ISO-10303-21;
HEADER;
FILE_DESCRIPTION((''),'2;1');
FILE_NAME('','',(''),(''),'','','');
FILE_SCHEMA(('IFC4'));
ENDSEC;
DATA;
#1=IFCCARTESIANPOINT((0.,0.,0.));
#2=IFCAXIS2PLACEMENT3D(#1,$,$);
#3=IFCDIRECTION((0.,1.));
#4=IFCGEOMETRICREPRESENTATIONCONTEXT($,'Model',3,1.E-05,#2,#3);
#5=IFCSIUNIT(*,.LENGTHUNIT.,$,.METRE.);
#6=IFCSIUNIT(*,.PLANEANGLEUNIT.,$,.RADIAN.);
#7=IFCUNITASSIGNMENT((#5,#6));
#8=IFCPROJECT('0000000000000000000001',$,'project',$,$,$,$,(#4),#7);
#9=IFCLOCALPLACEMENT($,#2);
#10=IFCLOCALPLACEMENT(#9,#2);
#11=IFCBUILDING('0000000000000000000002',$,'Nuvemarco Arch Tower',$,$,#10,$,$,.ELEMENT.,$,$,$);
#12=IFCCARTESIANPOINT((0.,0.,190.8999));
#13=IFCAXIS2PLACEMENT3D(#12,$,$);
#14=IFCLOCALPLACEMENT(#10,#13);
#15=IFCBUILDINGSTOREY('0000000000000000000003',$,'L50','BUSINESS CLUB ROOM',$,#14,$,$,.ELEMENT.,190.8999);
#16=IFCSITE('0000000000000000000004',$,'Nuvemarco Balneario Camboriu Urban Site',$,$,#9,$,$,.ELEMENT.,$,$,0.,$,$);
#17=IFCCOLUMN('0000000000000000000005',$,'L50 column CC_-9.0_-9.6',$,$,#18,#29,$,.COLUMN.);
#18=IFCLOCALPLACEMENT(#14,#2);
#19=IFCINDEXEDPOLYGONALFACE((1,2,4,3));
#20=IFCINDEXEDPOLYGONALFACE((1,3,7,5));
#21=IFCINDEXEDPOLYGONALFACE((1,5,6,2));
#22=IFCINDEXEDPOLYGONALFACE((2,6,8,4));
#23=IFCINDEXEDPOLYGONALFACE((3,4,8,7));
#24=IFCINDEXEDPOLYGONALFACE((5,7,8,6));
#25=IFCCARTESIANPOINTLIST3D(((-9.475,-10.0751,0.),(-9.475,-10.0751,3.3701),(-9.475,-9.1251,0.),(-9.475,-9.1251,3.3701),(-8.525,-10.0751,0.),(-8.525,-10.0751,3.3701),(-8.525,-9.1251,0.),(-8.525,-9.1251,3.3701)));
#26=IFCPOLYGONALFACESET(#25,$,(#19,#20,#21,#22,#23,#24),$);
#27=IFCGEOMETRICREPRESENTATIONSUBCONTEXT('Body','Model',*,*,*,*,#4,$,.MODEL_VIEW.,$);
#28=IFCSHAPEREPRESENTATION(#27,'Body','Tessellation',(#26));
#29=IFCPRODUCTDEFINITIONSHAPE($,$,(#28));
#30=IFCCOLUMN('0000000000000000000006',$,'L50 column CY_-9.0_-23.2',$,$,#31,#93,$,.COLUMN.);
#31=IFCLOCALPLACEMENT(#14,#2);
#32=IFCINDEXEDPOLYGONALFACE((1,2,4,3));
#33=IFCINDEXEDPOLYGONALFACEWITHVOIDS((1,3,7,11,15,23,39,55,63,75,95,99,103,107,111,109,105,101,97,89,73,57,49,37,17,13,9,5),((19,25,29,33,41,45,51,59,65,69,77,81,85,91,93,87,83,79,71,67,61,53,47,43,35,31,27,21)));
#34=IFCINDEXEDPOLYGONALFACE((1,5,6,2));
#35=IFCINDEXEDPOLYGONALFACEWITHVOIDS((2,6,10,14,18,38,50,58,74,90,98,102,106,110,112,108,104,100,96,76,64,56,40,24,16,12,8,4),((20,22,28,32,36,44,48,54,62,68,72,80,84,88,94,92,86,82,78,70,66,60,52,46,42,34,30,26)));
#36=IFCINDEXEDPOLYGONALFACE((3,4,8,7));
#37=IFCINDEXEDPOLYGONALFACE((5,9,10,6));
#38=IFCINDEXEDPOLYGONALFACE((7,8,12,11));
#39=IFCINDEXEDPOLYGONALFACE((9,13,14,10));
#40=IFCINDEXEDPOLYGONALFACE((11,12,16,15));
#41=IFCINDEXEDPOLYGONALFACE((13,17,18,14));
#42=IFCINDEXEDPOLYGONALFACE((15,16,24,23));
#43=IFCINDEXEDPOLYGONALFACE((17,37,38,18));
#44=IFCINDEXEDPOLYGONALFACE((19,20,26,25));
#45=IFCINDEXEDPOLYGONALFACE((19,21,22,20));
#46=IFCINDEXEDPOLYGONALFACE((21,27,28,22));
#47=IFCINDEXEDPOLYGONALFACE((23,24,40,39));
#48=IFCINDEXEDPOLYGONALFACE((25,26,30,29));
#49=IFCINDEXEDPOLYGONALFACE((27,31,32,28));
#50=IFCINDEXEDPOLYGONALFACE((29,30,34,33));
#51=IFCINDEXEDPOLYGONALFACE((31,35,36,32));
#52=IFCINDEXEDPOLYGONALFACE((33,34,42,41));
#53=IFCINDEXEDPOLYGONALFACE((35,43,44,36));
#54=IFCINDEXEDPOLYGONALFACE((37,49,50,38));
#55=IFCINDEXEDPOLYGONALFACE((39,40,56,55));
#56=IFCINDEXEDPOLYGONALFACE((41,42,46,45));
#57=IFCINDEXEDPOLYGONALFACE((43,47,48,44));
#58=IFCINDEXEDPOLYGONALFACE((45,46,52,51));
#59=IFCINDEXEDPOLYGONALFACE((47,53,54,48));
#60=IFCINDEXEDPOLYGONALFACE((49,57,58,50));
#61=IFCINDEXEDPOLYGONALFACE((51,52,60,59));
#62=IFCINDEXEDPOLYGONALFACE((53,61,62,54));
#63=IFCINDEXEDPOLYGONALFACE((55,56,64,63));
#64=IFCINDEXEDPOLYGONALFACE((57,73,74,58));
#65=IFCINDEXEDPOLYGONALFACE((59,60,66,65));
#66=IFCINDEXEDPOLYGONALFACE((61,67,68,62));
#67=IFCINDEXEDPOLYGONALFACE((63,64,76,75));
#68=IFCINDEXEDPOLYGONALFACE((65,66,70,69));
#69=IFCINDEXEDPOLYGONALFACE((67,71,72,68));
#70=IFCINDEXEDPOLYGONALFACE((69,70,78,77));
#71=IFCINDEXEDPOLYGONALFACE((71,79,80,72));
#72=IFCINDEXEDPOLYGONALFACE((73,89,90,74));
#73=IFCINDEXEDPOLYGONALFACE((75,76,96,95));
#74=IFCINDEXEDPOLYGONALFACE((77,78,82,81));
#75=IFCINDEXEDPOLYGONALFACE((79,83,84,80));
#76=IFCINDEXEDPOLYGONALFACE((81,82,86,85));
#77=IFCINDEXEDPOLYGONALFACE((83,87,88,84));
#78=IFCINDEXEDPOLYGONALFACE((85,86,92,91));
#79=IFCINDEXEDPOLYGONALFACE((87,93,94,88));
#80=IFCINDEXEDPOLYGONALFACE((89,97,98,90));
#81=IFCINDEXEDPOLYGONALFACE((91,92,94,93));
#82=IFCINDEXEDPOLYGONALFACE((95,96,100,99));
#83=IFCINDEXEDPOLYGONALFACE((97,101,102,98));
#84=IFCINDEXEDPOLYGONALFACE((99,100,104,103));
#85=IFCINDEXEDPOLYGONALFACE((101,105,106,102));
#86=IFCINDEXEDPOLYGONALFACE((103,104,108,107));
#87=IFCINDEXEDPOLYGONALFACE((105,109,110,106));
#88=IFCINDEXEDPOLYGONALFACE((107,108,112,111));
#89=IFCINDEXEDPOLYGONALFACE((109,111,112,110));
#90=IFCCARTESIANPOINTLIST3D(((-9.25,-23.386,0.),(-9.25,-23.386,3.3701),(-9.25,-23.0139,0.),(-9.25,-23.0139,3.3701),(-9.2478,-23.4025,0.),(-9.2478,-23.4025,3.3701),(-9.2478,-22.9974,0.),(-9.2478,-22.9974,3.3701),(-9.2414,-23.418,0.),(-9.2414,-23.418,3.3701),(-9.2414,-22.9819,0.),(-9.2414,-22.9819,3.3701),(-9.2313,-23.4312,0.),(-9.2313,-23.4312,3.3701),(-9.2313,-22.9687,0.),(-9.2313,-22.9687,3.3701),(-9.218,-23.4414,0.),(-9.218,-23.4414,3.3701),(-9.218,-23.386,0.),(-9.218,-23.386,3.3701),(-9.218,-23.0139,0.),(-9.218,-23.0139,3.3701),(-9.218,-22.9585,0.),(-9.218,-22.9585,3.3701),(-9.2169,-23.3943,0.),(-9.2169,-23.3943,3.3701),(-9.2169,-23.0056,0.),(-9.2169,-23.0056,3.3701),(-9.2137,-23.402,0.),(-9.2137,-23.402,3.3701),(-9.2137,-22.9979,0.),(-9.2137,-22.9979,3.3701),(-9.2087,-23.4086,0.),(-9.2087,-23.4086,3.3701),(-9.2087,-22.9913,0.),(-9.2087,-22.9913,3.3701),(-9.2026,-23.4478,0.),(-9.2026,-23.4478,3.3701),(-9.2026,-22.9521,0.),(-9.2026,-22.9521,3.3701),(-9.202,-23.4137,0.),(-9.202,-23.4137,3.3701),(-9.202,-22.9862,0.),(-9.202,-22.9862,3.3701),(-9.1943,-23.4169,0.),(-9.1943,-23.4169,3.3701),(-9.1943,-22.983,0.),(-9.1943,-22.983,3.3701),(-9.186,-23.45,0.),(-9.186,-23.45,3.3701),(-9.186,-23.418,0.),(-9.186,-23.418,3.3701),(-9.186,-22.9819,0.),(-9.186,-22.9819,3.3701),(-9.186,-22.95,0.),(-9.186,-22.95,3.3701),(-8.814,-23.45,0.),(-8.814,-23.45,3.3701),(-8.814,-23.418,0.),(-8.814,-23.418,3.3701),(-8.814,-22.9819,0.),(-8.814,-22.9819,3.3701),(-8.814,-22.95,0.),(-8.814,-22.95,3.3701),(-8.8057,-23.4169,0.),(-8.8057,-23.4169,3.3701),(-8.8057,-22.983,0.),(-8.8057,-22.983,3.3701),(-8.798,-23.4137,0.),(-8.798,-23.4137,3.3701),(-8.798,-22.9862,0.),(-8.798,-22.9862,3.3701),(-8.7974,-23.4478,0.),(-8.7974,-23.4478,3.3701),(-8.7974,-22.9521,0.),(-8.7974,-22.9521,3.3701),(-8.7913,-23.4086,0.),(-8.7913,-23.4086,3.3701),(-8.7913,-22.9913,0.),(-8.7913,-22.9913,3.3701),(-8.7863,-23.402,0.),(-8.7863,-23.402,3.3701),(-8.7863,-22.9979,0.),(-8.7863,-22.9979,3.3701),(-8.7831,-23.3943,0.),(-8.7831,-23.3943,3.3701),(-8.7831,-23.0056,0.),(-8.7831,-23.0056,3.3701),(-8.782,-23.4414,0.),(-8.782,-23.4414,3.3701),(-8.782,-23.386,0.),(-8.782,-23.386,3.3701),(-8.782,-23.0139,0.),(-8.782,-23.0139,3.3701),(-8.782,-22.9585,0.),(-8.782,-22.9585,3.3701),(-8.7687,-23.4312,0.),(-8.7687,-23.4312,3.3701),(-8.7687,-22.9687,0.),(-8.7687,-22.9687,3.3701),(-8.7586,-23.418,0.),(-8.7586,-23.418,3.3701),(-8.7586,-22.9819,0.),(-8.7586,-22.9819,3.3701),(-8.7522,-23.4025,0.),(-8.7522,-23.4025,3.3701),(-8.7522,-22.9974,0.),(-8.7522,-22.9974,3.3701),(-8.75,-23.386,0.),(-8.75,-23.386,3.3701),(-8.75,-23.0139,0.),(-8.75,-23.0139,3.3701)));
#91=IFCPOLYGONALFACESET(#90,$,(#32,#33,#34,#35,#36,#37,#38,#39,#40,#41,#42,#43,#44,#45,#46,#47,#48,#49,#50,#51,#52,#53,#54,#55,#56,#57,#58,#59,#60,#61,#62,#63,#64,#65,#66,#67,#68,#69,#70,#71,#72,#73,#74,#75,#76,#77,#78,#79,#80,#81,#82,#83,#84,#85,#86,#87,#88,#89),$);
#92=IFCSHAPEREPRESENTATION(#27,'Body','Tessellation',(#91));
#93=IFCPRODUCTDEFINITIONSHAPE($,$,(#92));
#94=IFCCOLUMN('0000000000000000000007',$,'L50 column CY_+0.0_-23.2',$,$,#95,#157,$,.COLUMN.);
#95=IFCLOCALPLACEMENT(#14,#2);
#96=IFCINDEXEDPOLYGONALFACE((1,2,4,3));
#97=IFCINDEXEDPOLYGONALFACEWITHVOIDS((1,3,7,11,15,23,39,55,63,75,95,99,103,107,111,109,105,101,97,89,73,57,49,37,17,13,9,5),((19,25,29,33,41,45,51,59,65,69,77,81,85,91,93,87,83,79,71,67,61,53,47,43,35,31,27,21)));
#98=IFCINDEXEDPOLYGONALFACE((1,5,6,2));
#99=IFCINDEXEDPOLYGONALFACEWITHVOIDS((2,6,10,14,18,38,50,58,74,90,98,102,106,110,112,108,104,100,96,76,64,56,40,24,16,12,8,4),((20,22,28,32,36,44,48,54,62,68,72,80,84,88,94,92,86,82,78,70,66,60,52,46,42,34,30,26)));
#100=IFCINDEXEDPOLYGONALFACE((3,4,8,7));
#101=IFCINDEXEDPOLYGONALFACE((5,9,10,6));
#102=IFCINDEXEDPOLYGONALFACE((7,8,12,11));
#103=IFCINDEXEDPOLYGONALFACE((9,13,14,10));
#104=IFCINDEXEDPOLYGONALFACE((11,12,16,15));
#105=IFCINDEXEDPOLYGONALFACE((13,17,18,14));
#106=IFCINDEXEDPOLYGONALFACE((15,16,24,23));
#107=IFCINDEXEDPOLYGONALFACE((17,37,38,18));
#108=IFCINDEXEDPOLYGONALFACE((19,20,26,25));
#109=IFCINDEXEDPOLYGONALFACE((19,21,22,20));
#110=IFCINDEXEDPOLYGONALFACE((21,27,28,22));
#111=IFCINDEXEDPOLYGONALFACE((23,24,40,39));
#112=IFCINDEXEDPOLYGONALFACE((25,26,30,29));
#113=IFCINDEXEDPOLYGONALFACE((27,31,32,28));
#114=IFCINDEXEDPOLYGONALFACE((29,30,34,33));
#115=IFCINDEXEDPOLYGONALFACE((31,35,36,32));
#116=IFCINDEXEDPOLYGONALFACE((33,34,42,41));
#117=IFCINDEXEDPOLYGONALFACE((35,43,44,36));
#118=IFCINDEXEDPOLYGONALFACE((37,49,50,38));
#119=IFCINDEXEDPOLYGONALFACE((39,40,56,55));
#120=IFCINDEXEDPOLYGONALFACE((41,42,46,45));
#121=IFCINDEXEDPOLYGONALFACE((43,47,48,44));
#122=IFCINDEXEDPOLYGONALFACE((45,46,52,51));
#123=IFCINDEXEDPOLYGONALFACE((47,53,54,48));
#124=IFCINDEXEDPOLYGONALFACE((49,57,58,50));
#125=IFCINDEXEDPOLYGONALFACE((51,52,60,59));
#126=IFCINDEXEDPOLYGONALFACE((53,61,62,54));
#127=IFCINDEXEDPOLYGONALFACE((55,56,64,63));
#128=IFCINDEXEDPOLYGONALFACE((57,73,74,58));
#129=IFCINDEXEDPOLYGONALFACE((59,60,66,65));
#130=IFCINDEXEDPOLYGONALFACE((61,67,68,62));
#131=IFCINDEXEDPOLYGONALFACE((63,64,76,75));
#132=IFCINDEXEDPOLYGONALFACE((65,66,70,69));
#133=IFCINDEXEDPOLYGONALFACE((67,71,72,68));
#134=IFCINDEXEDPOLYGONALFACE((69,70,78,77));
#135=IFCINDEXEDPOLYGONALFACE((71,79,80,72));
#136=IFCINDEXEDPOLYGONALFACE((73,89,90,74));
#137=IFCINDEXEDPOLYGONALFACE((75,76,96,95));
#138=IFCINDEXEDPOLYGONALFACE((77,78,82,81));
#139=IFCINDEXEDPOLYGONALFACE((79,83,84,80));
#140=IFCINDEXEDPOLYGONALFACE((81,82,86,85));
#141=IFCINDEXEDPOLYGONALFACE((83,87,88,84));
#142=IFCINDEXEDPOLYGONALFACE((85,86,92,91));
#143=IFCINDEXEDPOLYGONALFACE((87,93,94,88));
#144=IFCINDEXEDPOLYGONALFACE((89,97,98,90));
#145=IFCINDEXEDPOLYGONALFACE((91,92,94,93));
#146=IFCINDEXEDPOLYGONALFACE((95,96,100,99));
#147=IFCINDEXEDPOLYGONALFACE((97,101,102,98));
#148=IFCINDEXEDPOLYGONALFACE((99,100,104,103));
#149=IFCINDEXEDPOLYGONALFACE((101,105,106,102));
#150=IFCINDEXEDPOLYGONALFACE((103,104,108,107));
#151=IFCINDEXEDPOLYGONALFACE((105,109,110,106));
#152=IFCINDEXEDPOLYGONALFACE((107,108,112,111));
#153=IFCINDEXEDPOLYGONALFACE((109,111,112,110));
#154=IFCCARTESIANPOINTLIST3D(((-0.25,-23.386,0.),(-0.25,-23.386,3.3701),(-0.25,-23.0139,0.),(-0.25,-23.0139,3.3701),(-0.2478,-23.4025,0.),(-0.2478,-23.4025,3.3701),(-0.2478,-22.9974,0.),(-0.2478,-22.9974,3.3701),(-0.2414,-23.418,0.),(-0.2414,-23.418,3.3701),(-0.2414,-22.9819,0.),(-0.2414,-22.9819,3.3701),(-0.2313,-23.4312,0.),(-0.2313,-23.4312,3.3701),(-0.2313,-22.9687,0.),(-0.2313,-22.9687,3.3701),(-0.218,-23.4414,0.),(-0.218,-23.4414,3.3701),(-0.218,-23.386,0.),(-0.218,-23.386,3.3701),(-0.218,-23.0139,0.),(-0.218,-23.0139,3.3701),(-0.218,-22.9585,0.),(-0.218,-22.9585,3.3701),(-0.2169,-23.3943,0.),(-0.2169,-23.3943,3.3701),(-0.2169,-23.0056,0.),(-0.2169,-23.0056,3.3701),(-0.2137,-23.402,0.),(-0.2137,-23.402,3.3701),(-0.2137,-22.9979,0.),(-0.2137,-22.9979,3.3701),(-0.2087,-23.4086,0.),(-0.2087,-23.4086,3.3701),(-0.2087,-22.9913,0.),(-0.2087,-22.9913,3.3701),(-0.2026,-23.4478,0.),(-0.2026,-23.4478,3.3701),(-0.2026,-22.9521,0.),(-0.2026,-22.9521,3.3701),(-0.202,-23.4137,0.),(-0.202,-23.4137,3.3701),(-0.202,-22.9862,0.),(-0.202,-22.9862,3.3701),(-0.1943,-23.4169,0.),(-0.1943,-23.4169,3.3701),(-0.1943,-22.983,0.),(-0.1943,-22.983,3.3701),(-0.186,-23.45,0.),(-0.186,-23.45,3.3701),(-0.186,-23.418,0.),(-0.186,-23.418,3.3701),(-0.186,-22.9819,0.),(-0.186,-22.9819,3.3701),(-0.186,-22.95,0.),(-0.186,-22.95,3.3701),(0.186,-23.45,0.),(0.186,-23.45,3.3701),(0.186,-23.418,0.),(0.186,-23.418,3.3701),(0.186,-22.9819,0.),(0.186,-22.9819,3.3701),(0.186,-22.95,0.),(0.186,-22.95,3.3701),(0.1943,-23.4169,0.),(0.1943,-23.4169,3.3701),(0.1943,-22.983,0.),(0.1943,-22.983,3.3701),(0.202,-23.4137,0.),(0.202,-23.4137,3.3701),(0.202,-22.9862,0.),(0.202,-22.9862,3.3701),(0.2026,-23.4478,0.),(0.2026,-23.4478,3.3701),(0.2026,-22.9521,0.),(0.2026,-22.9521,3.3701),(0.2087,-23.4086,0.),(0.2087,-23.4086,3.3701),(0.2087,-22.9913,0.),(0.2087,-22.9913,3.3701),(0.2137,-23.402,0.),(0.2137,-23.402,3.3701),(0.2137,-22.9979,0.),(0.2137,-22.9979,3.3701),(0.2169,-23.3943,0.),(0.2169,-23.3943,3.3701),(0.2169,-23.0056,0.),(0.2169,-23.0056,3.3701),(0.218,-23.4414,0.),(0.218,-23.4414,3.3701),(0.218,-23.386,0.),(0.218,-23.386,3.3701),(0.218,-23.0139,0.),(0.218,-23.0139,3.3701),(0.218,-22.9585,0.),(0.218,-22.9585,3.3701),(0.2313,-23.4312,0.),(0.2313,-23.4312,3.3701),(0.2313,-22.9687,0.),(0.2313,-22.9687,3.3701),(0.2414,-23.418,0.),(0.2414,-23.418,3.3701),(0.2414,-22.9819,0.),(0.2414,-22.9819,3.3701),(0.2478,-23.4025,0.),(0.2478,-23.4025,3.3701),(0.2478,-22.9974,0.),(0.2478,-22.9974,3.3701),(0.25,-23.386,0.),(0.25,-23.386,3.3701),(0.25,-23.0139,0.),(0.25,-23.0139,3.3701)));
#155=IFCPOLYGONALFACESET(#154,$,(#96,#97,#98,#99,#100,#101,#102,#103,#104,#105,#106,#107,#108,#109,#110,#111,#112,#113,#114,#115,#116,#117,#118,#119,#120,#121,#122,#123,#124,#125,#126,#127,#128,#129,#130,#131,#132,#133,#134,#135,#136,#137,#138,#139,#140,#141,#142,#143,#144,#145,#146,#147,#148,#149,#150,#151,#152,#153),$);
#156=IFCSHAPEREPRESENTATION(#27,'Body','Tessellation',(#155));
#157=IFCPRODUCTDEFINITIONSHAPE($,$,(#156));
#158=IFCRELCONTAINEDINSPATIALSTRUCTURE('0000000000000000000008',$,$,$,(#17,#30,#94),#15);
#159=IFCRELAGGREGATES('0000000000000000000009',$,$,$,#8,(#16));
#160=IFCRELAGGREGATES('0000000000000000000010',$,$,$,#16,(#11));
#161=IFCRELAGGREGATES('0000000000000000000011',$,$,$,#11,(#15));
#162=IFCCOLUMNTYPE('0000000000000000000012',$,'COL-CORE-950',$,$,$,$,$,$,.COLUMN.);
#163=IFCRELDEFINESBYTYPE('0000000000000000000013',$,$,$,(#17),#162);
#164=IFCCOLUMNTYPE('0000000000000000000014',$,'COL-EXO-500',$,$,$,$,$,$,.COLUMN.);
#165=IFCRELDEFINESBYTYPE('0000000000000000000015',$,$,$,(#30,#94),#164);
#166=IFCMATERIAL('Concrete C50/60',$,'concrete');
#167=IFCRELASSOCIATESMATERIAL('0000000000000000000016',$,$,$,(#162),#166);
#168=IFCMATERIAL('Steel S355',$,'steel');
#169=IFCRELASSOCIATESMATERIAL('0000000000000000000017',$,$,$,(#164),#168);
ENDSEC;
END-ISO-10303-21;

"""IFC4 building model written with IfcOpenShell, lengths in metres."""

from ifc_helpers import new_model, si_unit, direction, frame, origin, origin_2d, place, context, subcontext, project, spatial, rectangle, hollow_rectangle, extrude, material, material_profile, profile_set, type_object, element, save


model = new_model("IFC4")

# Units and contexts
model_context = context("Model", 3, precision=1e-05, world=origin(), true_north=direction((0.0, 1.0)))
body_context = subcontext(model_context, "Body", "Model", "MODEL_VIEW")
ifc_project = project(units=[si_unit("LENGTHUNIT", "METRE"), si_unit("PLANEANGLEUNIT", "RADIAN")], contexts=[model_context])

# Site, building, storey
site_placement = place(None, origin())
site = spatial("IfcSite", under=ifc_project, at=site_placement, Name="Nuvemarco Balneario Camboriu Urban Site", CompositionType="ELEMENT", RefElevation=0.0)
building_placement = place(site_placement, origin())
building = spatial("IfcBuilding", under=site, at=building_placement, Name="Nuvemarco Arch Tower", CompositionType="ELEMENT")
storey_placement = place(building_placement, frame((0.0, 0.0, 190.8999)))
storey = spatial("IfcBuildingStorey", under=building, at=storey_placement, Name="L50", Description="BUSINESS CLUB ROOM", CompositionType="ELEMENT", Elevation=190.8999)

# Columns
ifc_material_1 = material(Name="Concrete C50/60", Category="concrete")
ifc_material_profile_1 = material_profile(ifc_material_1, rectangle(XDim=0.95, YDim=0.95, at=origin_2d()), Name="RC-COL-950x950")
ifc_profile_set_1 = profile_set([ifc_material_profile_1], Name="Concrete C50/60")
column_type_1 = type_object("IfcColumnType", Name="COL-CORE-950", PredefinedType="COLUMN", material=ifc_profile_set_1)
column_1_placement = place(storey_placement, frame((-9.0, -9.6001, 0.0), z_axis=(0.0, 0.0, 1.0), x_axis=(1.0, 0.0, 0.0)))
element("IfcColumn", 1, at=column_1_placement, inside=storey, type_object=column_type_1, Name="L50 column CC_-9.0_-9.6", PredefinedType="COLUMN", context=body_context, shape_type="SweptSolid", body=[
    extrude(rectangle(XDim=0.95, YDim=0.95, at=origin_2d()), origin(), (0.0, 0.0, 1.0), 3.3701),
])
ifc_material_2 = material(Name="Steel S355", Category="steel")
ifc_material_profile_2 = material_profile(ifc_material_2, hollow_rectangle(XDim=0.5, YDim=0.5, WallThickness=0.032, InnerFilletRadius=0.032, OuterFilletRadius=0.064, at=origin_2d()), Name="SHS500x500x32")
ifc_profile_set_2 = profile_set([ifc_material_profile_2], Name="Steel S355")
column_type_2 = type_object("IfcColumnType", Name="COL-EXO-500", PredefinedType="COLUMN", material=ifc_profile_set_2)
for number, where, z_axis, x_axis, name in (
    (2, (-9.0, -23.2, 0.0), (0.0, 0.0, 1.0), (1.0, 0.0, 0.0), "L50 column CY_-9.0_-23.2"),
    (3, (0.0, -23.2, 0.0), (0.0, 0.0, 1.0), (1.0, 0.0, 0.0), "L50 column CY_+0.0_-23.2"),
):
    element("IfcColumn", number, at=place(storey_placement, frame(where, z_axis=z_axis, x_axis=x_axis)), inside=storey, type_object=column_type_2, Name=name, PredefinedType="COLUMN", context=body_context, shape_type="SweptSolid", body=[
        extrude(hollow_rectangle(XDim=0.5, YDim=0.5, WallThickness=0.032, InnerFilletRadius=0.032, OuterFilletRadius=0.064, at=origin_2d()), origin(), (0.0, 0.0, 1.0), 3.3701),
    ])

save(model, "model.ifc")
